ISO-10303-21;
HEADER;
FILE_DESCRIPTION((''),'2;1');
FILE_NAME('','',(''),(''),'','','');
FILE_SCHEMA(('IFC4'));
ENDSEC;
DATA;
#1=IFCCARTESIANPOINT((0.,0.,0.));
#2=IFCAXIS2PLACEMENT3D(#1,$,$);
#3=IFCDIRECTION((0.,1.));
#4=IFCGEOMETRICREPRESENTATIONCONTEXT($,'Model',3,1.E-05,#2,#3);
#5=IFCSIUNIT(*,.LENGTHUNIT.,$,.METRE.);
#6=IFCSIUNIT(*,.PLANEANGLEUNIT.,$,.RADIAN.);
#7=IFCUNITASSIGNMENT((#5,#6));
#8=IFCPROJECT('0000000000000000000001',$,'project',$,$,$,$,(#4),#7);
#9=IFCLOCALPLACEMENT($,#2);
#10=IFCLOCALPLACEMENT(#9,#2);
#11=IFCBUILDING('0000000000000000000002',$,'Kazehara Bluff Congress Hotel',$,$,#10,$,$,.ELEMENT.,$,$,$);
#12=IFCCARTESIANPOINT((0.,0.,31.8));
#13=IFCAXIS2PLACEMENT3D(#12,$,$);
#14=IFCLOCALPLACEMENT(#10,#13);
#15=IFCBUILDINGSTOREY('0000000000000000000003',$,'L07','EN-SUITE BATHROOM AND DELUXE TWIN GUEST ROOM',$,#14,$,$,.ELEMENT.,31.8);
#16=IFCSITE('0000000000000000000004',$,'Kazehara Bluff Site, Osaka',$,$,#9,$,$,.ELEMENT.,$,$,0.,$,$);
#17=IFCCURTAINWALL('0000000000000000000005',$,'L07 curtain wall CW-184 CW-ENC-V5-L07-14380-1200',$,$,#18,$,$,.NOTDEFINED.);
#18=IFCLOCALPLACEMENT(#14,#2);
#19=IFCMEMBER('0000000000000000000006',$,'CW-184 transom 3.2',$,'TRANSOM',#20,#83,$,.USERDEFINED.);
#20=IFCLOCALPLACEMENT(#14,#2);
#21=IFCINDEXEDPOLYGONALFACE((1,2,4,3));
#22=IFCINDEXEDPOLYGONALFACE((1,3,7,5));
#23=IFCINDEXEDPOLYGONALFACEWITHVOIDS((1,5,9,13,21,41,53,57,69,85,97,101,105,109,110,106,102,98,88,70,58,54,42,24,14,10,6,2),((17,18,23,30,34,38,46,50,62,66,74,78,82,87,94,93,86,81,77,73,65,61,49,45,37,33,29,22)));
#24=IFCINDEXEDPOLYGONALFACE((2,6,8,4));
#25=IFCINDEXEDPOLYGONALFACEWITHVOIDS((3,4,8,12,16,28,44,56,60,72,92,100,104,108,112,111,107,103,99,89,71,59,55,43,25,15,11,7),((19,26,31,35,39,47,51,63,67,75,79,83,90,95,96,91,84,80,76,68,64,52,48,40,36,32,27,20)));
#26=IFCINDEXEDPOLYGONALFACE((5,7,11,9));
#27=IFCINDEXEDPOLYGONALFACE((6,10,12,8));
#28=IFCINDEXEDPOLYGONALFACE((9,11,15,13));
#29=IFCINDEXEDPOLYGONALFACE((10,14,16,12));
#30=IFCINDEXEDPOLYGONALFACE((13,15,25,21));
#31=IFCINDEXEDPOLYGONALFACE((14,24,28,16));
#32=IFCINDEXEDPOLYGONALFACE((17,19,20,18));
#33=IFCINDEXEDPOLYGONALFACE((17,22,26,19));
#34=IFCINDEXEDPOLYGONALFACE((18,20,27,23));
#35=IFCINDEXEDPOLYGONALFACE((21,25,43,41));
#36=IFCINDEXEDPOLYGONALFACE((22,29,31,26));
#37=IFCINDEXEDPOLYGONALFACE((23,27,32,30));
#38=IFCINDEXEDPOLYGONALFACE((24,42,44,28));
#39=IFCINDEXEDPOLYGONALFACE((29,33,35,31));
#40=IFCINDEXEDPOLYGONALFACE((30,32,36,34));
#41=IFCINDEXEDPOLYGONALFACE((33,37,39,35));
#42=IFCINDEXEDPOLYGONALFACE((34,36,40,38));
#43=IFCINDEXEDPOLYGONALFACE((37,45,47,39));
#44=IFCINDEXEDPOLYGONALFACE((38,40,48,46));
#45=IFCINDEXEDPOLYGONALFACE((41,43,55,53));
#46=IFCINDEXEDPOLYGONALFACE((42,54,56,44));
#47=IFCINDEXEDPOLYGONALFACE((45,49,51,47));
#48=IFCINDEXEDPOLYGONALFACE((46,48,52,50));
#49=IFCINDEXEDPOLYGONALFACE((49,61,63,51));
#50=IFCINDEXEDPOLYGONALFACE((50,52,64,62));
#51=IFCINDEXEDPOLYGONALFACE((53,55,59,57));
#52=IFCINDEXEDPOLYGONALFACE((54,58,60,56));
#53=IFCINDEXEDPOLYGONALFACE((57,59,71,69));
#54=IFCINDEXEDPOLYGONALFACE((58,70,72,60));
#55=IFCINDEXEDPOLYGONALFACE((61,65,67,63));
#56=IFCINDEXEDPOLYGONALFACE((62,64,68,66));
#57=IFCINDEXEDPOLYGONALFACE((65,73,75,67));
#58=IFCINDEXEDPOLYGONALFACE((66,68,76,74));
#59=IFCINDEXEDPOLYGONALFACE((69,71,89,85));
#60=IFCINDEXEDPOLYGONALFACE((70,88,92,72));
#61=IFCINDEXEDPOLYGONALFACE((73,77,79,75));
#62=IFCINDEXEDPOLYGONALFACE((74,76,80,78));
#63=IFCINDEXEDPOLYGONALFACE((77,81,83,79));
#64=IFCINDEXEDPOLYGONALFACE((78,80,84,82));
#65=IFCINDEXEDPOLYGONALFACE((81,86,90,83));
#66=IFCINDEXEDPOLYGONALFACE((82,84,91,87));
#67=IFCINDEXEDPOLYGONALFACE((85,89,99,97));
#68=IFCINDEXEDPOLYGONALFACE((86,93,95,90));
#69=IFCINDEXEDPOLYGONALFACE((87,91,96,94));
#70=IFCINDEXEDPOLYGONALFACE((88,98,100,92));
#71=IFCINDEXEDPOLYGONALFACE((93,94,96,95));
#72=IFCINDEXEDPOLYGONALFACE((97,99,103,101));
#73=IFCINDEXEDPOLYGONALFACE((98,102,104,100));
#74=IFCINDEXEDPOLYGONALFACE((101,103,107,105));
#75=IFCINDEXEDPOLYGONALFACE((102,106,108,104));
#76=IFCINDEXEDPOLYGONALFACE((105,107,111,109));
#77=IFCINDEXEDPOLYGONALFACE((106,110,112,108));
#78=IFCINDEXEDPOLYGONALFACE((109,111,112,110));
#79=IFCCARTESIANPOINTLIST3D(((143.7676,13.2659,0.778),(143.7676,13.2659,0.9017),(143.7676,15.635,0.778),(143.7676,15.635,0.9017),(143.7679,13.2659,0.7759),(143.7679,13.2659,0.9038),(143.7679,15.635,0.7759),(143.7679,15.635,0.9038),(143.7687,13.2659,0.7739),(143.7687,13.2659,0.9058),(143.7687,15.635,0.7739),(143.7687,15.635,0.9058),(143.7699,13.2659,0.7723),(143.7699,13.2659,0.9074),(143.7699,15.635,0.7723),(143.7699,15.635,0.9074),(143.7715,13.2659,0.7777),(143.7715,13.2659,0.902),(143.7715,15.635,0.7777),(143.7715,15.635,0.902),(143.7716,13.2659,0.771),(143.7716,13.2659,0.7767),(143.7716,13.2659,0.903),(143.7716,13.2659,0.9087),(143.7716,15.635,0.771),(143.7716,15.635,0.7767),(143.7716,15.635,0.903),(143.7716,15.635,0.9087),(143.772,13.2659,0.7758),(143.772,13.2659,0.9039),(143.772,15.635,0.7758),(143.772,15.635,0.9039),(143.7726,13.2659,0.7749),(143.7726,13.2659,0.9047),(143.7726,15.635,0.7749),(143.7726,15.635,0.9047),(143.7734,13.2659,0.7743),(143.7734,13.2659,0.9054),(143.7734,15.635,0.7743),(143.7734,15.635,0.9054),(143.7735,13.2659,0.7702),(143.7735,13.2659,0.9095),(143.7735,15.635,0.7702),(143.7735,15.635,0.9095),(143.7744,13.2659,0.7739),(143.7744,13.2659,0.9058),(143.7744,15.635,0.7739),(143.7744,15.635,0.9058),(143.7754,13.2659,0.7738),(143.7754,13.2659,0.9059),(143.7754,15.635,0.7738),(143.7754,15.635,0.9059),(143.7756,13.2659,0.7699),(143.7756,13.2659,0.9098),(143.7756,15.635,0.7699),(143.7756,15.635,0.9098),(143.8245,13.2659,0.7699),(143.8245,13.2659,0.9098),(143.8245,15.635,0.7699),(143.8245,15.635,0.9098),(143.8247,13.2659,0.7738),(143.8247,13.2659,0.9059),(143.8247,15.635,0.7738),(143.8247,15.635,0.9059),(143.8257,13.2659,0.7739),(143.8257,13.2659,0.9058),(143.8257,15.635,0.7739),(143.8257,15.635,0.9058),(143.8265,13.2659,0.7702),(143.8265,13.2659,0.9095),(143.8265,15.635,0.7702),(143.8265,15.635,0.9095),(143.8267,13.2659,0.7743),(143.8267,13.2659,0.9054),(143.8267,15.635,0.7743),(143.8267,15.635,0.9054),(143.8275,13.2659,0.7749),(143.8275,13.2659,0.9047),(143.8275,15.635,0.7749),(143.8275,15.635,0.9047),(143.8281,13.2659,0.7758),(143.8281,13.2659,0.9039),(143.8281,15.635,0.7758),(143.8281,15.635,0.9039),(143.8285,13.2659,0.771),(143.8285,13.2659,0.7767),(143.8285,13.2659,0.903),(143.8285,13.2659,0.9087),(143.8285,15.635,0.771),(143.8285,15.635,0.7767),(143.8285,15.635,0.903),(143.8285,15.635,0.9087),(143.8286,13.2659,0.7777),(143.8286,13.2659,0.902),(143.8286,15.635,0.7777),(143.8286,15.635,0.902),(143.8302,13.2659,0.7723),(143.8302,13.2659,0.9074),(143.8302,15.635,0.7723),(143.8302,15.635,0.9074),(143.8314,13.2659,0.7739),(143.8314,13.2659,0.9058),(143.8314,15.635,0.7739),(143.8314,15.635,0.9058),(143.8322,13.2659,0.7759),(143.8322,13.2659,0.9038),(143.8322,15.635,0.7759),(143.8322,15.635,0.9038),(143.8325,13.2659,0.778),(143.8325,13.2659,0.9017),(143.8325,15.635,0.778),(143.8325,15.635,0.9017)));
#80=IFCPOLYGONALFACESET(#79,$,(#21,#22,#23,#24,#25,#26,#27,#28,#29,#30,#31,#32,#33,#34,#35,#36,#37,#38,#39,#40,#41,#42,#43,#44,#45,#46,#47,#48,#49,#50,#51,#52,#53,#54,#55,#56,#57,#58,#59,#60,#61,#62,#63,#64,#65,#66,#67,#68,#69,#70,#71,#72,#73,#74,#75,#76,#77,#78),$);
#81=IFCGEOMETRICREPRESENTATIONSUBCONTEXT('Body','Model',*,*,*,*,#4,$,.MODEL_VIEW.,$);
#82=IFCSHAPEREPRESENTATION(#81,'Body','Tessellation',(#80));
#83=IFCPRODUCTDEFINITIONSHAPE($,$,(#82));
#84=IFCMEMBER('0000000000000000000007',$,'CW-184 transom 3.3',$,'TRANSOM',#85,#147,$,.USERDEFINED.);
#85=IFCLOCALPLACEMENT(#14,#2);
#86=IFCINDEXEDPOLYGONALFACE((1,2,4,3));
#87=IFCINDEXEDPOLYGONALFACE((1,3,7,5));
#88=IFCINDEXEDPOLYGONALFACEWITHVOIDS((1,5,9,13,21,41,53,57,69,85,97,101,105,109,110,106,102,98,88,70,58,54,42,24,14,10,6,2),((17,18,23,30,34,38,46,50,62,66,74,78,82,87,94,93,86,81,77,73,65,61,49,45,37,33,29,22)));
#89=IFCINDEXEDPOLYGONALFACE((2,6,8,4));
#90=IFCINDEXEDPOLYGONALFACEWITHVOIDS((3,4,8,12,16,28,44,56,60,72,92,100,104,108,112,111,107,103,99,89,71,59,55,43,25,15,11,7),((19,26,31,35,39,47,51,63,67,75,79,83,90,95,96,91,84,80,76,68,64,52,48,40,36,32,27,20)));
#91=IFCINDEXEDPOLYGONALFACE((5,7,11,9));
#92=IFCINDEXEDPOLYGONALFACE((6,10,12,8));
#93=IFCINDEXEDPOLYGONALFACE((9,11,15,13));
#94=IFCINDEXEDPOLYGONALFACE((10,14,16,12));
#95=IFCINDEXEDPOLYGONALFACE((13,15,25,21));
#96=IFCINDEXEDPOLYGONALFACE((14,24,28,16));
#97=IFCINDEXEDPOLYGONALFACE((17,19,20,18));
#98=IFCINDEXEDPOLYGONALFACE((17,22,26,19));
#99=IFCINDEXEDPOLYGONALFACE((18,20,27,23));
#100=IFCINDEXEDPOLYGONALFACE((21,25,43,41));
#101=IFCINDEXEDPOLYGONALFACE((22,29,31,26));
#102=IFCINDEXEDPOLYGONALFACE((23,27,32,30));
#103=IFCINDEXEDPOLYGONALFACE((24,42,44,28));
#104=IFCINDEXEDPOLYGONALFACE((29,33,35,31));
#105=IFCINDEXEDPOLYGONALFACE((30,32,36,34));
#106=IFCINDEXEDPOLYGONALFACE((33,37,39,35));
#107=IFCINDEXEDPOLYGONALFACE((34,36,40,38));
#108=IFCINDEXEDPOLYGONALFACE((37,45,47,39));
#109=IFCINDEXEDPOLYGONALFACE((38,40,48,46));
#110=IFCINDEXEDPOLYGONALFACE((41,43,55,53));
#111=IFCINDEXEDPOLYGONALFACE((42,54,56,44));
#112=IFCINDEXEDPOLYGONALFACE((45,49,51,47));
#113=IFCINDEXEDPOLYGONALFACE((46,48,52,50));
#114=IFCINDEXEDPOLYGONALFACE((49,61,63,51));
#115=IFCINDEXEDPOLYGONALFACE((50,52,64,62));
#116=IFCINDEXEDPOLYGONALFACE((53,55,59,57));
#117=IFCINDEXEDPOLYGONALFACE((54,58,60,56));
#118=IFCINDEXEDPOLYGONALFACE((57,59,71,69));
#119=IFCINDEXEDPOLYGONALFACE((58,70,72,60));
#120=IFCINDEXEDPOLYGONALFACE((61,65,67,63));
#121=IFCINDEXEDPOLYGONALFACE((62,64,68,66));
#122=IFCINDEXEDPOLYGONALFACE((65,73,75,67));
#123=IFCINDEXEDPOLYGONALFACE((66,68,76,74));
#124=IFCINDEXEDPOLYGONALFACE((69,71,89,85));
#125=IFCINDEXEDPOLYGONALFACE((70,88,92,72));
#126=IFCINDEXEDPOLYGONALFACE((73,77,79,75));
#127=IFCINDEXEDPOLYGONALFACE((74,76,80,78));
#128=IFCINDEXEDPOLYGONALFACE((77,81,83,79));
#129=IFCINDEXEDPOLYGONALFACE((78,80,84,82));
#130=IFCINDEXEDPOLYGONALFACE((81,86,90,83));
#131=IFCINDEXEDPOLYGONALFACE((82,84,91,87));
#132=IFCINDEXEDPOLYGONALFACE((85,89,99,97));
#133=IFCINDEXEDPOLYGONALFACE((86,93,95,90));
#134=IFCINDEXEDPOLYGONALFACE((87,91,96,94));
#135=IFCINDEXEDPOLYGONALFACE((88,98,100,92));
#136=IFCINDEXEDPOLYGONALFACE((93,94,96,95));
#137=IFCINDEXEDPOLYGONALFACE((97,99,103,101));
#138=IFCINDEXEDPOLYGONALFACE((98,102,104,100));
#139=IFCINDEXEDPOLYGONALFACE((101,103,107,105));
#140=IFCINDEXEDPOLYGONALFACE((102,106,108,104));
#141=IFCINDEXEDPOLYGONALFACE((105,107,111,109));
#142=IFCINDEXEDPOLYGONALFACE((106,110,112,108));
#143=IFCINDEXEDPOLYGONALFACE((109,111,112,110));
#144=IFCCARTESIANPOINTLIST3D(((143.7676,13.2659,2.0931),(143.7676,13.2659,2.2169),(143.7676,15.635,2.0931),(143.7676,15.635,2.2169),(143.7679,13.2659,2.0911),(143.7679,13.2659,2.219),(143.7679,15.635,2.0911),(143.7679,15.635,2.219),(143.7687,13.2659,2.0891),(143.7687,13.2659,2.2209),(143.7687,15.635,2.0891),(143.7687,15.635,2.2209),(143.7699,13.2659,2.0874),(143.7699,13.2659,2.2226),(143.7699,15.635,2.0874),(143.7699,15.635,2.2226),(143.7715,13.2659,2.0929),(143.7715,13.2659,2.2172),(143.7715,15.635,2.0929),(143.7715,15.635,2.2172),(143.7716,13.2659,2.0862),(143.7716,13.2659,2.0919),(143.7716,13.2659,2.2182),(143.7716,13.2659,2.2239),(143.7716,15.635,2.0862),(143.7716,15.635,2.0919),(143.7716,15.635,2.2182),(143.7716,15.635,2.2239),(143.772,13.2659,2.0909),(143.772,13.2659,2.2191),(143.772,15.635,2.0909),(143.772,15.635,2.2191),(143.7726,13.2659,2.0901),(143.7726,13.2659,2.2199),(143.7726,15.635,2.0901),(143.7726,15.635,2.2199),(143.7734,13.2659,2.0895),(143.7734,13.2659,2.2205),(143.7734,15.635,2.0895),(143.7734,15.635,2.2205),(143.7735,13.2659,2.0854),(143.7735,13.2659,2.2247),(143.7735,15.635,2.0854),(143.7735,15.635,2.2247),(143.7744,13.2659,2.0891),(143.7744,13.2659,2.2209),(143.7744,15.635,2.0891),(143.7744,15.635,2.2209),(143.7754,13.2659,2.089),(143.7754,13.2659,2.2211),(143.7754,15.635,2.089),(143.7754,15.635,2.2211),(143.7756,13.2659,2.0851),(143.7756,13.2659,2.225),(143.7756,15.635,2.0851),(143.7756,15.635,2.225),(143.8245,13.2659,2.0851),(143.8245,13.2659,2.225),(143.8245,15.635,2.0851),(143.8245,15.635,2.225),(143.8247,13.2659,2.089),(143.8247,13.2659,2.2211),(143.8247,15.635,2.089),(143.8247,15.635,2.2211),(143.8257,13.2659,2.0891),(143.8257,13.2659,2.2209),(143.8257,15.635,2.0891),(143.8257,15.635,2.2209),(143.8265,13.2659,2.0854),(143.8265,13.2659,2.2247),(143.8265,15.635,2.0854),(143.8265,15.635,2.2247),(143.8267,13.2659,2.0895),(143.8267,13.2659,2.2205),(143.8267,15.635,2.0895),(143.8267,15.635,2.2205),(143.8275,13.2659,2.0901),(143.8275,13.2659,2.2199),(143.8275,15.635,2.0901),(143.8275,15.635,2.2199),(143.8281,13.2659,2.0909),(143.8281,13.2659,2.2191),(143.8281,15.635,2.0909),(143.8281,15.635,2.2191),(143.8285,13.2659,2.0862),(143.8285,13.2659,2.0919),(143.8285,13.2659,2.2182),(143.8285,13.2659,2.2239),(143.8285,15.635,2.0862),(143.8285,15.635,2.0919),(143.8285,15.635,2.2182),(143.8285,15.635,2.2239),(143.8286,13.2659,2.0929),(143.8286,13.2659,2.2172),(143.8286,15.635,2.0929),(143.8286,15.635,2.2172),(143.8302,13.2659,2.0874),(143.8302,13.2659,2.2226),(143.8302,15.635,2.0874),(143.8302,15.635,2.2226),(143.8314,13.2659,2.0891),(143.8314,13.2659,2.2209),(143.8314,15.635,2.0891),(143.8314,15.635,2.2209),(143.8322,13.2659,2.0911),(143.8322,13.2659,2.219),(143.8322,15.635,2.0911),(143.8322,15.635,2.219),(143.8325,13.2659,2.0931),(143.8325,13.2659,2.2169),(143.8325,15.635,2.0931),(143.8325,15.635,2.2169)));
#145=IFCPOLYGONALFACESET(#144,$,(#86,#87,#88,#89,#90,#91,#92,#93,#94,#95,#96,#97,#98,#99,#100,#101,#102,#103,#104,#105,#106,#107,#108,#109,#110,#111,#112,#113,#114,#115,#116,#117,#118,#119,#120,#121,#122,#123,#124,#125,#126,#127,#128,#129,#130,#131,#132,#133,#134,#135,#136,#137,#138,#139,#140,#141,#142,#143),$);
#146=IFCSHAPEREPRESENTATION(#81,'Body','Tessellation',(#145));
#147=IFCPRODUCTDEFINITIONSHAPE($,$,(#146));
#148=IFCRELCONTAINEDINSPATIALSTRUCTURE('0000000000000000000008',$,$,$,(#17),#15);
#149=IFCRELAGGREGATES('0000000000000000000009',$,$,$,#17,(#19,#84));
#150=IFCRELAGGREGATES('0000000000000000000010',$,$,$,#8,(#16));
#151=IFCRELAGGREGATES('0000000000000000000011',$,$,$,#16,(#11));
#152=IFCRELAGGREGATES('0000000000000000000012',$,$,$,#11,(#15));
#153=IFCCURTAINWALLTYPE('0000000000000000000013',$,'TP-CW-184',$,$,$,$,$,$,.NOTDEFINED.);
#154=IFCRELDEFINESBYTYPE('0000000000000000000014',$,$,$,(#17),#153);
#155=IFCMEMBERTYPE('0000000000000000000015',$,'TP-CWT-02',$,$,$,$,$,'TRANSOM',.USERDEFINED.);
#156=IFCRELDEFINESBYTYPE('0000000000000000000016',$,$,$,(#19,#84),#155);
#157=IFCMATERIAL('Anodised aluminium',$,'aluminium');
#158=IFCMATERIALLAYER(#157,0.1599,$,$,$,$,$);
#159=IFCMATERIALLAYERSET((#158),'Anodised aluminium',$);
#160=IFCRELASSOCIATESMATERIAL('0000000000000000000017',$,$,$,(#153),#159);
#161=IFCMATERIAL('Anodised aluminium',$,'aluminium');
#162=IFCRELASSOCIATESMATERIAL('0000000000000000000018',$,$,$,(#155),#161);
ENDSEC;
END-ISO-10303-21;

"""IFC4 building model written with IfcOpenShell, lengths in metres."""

from ifc_helpers import new_model, si_unit, direction, frame, origin, origin_2d, place, context, subcontext, project, spatial, hollow_rectangle, extrude, material, layer, layer_set, material_profile, profile_set, type_object, element, aggregate, save


model = new_model("IFC4")

# Units and contexts
model_context = context("Model", 3, precision=1e-05, world=origin(), true_north=direction((0.0, 1.0)))
body_context = subcontext(model_context, "Body", "Model", "MODEL_VIEW")
ifc_project = project(units=[si_unit("LENGTHUNIT", "METRE"), si_unit("PLANEANGLEUNIT", "RADIAN")], contexts=[model_context])

# Site, building, storey
site_placement = place(None, origin())
site = spatial("IfcSite", under=ifc_project, at=site_placement, Name="Kazehara Bluff Site, Osaka", CompositionType="ELEMENT", RefElevation=0.0)
building_placement = place(site_placement, origin())
building = spatial("IfcBuilding", under=site, at=building_placement, Name="Kazehara Bluff Congress Hotel", CompositionType="ELEMENT")
storey_placement = place(building_placement, frame((0.0, 0.0, 31.8)))
storey = spatial("IfcBuildingStorey", under=building, at=storey_placement, Name="L07", Description="EN-SUITE BATHROOM AND DELUXE TWIN GUEST ROOM", CompositionType="ELEMENT", Elevation=31.8)

# Curtain wall
ifc_material_1 = material(Name="Anodised aluminium", Category="aluminium")
ifc_layer_1 = layer(ifc_material_1, 0.1599)
ifc_layer_set_1 = layer_set([ifc_layer_1], Name="Anodised aluminium")
curtain_wall_type_1 = type_object("IfcCurtainWallType", Name="TP-CW-184", PredefinedType="NOTDEFINED", material=ifc_layer_set_1)
curtain_wall_1_placement = place(storey_placement, origin())
curtain_wall_1 = element("IfcCurtainWall", 1, at=curtain_wall_1_placement, inside=storey, type_object=curtain_wall_type_1, Name="L07 curtain wall CW-184 CW-ENC-V5-L07-14380-1200", PredefinedType="NOTDEFINED")

# Members
ifc_material_2 = material(Name="Anodised aluminium", Category="aluminium")
ifc_material_profile_1 = material_profile(ifc_material_2, hollow_rectangle(XDim=0.0649, YDim=0.1399, WallThickness=0.0039, InnerFilletRadius=0.0039, OuterFilletRadius=0.0081, at=origin_2d()))
ifc_profile_set_1 = profile_set([ifc_material_profile_1], Name="Anodised aluminium")
member_type_1 = type_object("IfcMemberType", Name="TP-CWT-02", ElementType="TRANSOM", PredefinedType="USERDEFINED", material=ifc_profile_set_1)
member_1_placement = place(storey_placement, frame((143.8, 13.2659, 0.8398), z_axis=(0.0, 1.0, 0.0), x_axis=(-1.0, 0.0, 0.0)))
member_1 = element("IfcMember", 2, at=member_1_placement, type_object=member_type_1, Name="CW-184 transom 3.2", ObjectType="TRANSOM", PredefinedType="USERDEFINED", context=body_context, shape_type="SweptSolid", body=[
    extrude(hollow_rectangle(XDim=0.0649, YDim=0.1399, WallThickness=0.0039, InnerFilletRadius=0.0039, OuterFilletRadius=0.0081, at=origin_2d()), origin(), (0.0, 0.0, 1.0), 2.3691),
])
member_2_placement = place(storey_placement, frame((143.8, 13.2659, 2.155), z_axis=(0.0, 1.0, 0.0), x_axis=(-1.0, 0.0, 0.0)))
member_2 = element("IfcMember", 3, at=member_2_placement, type_object=member_type_1, Name="CW-184 transom 3.3", ObjectType="TRANSOM", PredefinedType="USERDEFINED", context=body_context, shape_type="SweptSolid", body=[
    extrude(hollow_rectangle(XDim=0.0649, YDim=0.1399, WallThickness=0.0039, InnerFilletRadius=0.0039, OuterFilletRadius=0.0081, at=origin_2d()), origin(), (0.0, 0.0, 1.0), 2.3691),
])

aggregate(curtain_wall_1, [member_1, member_2])

save(model, "model.ifc")
